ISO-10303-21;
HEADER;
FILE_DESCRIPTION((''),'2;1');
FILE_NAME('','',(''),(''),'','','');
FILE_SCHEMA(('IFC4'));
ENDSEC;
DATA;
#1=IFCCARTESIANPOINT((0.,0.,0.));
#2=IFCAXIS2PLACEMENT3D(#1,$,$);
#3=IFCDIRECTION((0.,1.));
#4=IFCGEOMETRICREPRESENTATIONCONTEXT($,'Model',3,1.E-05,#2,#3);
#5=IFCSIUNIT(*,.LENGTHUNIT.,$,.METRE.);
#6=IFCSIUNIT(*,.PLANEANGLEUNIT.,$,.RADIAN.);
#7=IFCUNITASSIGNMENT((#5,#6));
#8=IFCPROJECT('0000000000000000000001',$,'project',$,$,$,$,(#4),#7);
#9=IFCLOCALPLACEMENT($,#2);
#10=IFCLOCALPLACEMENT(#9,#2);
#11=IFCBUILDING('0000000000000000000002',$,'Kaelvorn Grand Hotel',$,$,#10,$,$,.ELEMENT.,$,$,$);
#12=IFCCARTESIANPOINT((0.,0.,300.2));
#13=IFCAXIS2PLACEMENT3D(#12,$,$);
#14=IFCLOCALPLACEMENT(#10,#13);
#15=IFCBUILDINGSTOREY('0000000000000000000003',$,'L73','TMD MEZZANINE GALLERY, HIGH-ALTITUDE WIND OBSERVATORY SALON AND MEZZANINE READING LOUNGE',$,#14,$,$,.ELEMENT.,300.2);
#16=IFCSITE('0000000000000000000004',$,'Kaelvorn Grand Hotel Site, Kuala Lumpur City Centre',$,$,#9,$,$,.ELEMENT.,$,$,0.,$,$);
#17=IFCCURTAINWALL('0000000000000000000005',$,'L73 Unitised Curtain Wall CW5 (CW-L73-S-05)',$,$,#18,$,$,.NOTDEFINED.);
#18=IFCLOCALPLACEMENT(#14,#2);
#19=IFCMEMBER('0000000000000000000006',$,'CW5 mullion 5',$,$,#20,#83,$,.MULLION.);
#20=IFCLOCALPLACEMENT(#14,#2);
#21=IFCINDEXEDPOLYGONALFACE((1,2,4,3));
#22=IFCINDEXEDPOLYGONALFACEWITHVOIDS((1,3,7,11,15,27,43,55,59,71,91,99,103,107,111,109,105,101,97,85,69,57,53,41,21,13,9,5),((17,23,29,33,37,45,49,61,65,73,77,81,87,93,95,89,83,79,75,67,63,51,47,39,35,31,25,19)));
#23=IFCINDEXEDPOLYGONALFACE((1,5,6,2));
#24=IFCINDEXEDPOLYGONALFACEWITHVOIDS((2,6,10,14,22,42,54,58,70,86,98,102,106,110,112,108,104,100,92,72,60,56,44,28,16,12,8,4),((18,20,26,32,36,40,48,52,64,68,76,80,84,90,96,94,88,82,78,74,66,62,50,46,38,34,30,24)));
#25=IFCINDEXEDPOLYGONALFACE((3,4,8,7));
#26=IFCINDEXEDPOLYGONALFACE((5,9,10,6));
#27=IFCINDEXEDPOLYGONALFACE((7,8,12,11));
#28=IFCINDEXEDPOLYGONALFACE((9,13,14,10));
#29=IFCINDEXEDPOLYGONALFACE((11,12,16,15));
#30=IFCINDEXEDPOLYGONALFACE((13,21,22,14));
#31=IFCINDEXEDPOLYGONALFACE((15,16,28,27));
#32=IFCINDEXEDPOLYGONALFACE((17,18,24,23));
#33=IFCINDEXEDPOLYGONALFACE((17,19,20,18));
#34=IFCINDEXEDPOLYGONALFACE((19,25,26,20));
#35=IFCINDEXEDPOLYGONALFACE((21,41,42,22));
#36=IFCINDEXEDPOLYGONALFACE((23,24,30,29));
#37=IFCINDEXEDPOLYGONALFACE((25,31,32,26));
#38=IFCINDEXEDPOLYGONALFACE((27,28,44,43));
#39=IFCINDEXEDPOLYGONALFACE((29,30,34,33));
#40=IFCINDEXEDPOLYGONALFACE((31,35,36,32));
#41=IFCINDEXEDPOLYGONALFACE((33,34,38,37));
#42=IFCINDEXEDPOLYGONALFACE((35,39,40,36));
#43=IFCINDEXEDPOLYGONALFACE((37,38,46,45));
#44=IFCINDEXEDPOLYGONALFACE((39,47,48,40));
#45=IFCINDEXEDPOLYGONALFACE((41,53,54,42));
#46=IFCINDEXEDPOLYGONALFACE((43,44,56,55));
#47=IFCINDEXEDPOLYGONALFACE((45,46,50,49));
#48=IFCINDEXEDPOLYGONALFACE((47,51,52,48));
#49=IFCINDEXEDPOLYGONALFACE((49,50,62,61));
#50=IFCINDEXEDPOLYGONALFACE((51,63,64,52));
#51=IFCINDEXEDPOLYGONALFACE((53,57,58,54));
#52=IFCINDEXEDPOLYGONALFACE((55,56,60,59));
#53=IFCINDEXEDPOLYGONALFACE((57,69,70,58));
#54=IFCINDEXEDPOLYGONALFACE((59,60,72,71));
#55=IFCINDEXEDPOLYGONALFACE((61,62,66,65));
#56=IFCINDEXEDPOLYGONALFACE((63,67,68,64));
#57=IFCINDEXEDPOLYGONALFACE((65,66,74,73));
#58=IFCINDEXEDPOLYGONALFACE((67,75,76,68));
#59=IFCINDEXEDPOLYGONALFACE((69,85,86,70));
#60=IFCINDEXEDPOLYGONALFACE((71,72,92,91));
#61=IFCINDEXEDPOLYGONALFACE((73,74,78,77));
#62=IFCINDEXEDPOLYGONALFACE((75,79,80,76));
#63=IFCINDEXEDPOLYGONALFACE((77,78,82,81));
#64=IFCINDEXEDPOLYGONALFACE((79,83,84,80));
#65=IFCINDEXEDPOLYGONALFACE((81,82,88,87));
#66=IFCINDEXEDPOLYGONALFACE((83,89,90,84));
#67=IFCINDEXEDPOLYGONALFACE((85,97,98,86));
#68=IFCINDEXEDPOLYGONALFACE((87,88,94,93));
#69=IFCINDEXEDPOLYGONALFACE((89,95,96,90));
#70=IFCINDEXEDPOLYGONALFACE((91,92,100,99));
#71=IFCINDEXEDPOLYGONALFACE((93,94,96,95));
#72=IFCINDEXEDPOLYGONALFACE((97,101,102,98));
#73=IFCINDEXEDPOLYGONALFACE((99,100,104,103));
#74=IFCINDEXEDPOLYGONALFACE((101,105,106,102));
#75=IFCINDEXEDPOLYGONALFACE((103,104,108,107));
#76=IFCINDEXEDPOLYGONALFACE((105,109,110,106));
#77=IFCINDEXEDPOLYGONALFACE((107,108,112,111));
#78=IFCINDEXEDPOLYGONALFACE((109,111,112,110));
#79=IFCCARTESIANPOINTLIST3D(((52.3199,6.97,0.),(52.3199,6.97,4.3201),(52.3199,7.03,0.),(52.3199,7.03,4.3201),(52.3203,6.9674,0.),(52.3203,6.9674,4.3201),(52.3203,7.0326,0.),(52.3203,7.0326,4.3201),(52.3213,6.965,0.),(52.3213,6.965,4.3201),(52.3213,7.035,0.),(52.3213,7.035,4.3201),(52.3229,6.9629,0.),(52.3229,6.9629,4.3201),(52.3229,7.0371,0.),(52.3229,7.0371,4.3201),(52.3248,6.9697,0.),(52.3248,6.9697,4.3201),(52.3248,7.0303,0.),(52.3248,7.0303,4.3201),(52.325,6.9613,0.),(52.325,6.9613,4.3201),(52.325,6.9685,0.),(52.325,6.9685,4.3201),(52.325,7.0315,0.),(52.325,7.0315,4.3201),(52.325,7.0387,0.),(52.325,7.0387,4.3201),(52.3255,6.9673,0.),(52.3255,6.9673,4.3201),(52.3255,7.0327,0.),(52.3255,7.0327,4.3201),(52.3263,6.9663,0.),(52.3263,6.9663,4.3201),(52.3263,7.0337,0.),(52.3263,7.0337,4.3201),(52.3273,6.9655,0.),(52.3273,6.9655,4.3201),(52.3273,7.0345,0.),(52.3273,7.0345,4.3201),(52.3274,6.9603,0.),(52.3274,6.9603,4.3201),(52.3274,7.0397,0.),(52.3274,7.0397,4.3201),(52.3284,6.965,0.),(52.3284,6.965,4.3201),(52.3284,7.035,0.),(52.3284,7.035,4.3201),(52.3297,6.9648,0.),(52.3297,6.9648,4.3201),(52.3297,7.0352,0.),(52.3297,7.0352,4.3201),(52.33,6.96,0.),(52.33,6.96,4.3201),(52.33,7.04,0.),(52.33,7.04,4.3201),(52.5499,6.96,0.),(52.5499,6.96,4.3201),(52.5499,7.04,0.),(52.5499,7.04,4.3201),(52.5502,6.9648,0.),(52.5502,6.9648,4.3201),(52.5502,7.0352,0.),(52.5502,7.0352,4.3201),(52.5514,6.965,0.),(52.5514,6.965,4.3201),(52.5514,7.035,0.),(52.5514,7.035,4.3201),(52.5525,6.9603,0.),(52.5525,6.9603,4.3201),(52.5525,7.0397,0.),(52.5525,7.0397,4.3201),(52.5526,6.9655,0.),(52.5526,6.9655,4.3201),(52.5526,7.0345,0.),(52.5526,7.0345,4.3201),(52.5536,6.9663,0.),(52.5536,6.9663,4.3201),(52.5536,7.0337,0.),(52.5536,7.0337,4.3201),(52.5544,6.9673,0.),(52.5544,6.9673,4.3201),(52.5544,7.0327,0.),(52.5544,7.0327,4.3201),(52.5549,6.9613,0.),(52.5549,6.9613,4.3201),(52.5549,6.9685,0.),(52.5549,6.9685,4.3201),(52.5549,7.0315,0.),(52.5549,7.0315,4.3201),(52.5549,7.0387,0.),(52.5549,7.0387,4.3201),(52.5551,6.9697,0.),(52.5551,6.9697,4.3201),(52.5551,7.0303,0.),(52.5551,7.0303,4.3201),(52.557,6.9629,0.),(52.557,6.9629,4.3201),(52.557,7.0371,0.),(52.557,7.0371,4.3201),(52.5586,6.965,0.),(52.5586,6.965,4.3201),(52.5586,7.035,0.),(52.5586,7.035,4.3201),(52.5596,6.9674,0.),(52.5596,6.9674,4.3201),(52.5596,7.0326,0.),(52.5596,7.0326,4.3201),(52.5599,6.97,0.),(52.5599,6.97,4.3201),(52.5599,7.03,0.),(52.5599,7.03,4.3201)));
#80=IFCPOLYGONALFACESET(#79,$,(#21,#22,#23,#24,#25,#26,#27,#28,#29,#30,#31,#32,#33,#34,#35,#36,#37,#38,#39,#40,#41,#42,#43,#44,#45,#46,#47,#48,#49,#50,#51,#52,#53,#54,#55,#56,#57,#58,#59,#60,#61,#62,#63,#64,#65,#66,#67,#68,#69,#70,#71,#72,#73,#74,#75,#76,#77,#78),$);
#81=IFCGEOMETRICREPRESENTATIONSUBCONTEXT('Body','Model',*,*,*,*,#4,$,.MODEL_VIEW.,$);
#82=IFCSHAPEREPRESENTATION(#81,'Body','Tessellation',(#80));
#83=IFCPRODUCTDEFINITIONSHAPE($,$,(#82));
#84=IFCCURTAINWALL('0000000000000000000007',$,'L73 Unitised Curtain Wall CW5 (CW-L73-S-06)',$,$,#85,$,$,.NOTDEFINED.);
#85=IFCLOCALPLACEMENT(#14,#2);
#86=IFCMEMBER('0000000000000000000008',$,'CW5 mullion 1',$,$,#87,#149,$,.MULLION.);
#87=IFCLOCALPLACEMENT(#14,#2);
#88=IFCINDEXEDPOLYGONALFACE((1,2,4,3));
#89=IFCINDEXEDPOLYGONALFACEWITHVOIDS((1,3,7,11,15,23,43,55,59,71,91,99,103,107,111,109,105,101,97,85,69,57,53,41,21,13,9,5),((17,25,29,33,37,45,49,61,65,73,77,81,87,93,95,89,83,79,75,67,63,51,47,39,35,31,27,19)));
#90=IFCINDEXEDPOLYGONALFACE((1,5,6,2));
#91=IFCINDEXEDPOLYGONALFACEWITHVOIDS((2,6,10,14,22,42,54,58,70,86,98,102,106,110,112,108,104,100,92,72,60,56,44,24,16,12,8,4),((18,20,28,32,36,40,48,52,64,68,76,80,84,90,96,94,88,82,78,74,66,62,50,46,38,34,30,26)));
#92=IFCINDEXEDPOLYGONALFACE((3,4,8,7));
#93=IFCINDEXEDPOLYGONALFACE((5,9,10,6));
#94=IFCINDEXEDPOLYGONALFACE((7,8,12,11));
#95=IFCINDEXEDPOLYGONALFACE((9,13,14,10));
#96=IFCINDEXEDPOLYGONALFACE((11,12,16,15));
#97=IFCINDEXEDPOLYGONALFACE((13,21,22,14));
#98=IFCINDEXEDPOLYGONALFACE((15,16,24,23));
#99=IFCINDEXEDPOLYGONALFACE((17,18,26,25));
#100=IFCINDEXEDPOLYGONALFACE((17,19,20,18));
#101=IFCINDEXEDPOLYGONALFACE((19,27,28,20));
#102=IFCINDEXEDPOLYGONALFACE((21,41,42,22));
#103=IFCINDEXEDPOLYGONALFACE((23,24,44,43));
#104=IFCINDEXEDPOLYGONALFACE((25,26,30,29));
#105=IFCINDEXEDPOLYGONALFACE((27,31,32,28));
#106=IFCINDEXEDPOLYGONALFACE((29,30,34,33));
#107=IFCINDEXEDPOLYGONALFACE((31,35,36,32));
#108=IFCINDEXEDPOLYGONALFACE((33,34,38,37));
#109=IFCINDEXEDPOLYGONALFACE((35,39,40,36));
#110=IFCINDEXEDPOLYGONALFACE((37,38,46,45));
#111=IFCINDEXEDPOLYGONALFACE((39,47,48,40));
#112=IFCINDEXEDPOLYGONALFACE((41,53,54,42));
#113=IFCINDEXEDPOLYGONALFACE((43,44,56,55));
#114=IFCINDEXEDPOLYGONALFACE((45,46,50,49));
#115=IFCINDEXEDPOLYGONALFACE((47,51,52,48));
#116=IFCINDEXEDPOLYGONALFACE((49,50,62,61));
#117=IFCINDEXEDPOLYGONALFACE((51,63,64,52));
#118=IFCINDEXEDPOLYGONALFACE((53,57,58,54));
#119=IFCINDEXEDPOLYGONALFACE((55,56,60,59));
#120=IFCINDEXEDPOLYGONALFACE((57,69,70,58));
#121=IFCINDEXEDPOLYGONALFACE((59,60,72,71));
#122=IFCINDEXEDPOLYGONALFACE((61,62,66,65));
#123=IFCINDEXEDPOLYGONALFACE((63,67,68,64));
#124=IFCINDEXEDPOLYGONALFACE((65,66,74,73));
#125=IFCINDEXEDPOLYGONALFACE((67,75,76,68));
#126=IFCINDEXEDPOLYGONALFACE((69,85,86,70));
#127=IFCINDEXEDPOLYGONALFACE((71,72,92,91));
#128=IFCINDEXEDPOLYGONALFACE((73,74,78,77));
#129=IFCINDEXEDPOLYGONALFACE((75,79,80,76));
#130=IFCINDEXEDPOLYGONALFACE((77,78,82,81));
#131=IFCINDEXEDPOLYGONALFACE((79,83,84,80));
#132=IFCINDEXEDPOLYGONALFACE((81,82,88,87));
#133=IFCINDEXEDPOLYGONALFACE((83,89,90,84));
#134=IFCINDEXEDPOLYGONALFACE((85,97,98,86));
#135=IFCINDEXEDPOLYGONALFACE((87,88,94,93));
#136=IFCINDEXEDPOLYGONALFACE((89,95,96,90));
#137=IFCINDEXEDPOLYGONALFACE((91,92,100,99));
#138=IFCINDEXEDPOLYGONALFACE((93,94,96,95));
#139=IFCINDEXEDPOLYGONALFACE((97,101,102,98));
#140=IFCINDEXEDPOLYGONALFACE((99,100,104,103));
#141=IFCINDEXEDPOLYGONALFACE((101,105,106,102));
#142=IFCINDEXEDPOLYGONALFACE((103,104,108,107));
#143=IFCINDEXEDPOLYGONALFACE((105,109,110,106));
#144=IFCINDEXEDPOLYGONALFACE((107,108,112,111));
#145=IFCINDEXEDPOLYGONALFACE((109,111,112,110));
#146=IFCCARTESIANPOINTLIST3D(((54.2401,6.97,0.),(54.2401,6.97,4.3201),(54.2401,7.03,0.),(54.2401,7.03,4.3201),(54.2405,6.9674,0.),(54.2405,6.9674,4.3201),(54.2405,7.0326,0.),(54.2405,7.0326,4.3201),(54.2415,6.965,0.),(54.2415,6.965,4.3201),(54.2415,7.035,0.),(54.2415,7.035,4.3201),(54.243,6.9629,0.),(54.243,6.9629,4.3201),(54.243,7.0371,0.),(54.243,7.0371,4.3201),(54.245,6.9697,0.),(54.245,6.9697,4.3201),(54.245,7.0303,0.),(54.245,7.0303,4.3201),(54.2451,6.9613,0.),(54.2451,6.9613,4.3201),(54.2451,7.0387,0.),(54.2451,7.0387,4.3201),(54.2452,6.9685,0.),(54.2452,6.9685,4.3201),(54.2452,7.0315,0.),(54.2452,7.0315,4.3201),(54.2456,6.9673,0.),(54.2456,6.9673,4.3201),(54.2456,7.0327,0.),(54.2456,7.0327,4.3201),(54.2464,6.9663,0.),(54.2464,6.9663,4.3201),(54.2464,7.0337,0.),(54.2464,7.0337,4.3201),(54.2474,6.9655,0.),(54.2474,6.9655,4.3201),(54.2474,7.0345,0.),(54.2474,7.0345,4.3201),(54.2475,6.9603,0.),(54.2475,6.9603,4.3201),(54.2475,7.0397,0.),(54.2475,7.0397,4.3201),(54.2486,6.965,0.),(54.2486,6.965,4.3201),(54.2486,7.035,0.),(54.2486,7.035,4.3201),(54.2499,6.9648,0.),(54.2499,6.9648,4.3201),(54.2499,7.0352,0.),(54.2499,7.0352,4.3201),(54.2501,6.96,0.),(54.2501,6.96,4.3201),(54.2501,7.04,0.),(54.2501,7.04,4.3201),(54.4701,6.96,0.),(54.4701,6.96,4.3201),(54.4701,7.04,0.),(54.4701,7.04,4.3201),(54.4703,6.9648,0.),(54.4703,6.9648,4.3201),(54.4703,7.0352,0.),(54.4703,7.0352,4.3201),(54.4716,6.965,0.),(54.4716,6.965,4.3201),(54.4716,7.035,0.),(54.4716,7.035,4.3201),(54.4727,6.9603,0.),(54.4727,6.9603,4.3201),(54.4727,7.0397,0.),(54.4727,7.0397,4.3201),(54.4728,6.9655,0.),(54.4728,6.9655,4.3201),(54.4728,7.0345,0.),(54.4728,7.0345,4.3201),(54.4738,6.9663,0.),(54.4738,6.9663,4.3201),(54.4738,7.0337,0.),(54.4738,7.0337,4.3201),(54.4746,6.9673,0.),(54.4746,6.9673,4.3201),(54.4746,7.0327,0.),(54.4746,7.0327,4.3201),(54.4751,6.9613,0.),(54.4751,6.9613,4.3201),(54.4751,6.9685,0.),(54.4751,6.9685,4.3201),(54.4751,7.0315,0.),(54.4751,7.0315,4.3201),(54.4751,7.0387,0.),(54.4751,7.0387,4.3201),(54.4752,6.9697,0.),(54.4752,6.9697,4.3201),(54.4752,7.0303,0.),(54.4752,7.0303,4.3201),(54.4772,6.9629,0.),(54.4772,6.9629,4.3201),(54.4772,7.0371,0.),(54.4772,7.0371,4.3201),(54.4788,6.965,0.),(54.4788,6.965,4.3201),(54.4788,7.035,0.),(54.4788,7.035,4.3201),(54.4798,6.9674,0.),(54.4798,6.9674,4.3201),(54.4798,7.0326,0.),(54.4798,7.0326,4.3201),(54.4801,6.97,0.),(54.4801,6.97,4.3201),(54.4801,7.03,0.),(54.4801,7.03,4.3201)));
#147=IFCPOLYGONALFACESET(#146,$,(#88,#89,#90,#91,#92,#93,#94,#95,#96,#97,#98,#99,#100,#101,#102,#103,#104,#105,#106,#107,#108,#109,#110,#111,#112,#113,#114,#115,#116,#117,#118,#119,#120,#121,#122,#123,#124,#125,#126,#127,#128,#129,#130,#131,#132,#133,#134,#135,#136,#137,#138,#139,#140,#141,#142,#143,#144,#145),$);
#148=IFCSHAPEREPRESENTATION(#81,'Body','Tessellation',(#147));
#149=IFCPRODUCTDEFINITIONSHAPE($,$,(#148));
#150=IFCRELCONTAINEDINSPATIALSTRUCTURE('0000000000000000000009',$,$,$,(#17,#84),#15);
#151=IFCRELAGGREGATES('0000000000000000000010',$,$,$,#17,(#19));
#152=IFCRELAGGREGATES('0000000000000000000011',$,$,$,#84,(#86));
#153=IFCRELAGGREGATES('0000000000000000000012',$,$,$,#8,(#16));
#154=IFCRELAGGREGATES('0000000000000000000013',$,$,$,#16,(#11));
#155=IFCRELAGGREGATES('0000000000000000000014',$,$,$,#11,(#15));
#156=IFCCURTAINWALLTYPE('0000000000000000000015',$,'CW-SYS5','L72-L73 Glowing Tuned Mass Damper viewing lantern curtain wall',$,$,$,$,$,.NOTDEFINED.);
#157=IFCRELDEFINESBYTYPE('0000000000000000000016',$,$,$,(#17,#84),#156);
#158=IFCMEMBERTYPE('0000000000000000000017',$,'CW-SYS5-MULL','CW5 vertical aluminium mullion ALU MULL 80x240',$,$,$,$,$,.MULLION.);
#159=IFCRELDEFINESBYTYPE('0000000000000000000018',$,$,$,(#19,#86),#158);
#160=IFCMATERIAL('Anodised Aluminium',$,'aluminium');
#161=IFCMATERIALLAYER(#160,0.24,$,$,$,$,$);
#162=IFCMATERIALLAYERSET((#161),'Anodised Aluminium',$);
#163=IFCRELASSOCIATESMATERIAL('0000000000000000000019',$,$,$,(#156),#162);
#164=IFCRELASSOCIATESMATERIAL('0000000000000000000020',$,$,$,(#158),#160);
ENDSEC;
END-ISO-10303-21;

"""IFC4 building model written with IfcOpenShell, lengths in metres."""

from ifc_helpers import new_model, si_unit, direction, frame, origin, origin_2d, place, context, subcontext, project, spatial, hollow_rectangle, extrude, material, layer, layer_set, material_profile, profile_set, type_object, element, aggregate, save


model = new_model("IFC4")

# Units and contexts
model_context = context("Model", 3, precision=1e-05, world=origin(), true_north=direction((0.0, 1.0)))
body_context = subcontext(model_context, "Body", "Model", "MODEL_VIEW")
ifc_project = project(units=[si_unit("LENGTHUNIT", "METRE"), si_unit("PLANEANGLEUNIT", "RADIAN")], contexts=[model_context])

# Site, building, storey
site_placement = place(None, origin())
site = spatial("IfcSite", under=ifc_project, at=site_placement, Name="Kaelvorn Grand Hotel Site, Kuala Lumpur City Centre", CompositionType="ELEMENT", RefElevation=0.0)
building_placement = place(site_placement, origin())
building = spatial("IfcBuilding", under=site, at=building_placement, Name="Kaelvorn Grand Hotel", CompositionType="ELEMENT")
storey_placement = place(building_placement, frame((0.0, 0.0, 300.2)))
storey = spatial("IfcBuildingStorey", under=building, at=storey_placement, Name="L73", Description="TMD MEZZANINE GALLERY, HIGH-ALTITUDE WIND OBSERVATORY SALON AND MEZZANINE READING LOUNGE", CompositionType="ELEMENT", Elevation=300.2)

# Curtain wall, member
ifc_material_1 = material(Name="Anodised Aluminium", Category="aluminium")
ifc_layer_1 = layer(ifc_material_1, 0.24)
ifc_layer_set_1 = layer_set([ifc_layer_1], Name="Anodised Aluminium")
curtain_wall_type = type_object("IfcCurtainWallType", Name="CW-SYS5", Description="L72-L73 Glowing Tuned Mass Damper viewing lantern curtain wall", PredefinedType="NOTDEFINED", material=ifc_layer_set_1)
curtain_wall_1_placement = place(storey_placement, origin())
curtain_wall_1 = element("IfcCurtainWall", 1, at=curtain_wall_1_placement, inside=storey, type_object=curtain_wall_type, Name="L73 Unitised Curtain Wall CW5 (CW-L73-S-05)", PredefinedType="NOTDEFINED")
ifc_material_profile_1 = material_profile(ifc_material_1, hollow_rectangle(XDim=0.0801, YDim=0.24, WallThickness=0.0049, InnerFilletRadius=0.0049, OuterFilletRadius=0.01, at=origin_2d()), Name="ALU MULL 80x240")
ifc_profile_set_1 = profile_set([ifc_material_profile_1], Name="Anodised Aluminium")
member_type_1 = type_object("IfcMemberType", Name="CW-SYS5-MULL", Description="CW5 vertical aluminium mullion ALU MULL 80x240", PredefinedType="MULLION", material=ifc_profile_set_1)
member_1_placement = place(storey_placement, frame((52.4399, 7.0, 0.0), z_axis=(0.0, 0.0, 1.0), x_axis=(0.0, 1.0, 0.0)))
member_1 = element("IfcMember", 2, at=member_1_placement, type_object=member_type_1, Name="CW5 mullion 5", PredefinedType="MULLION", context=body_context, shape_type="SweptSolid", body=[
    extrude(hollow_rectangle(XDim=0.0801, YDim=0.24, WallThickness=0.0049, InnerFilletRadius=0.0049, OuterFilletRadius=0.01, at=origin_2d()), origin(), (0.0, 0.0, 1.0), 4.3201),
])

# Curtain wall, member
curtain_wall_2_placement = place(storey_placement, origin())
curtain_wall_2 = element("IfcCurtainWall", 3, at=curtain_wall_2_placement, inside=storey, type_object=curtain_wall_type, Name="L73 Unitised Curtain Wall CW5 (CW-L73-S-06)", PredefinedType="NOTDEFINED")
member_2_placement = place(storey_placement, frame((54.3601, 7.0, 0.0), z_axis=(0.0, 0.0, 1.0), x_axis=(0.0, 1.0, 0.0)))
member_2 = element("IfcMember", 4, at=member_2_placement, type_object=member_type_1, Name="CW5 mullion 1", PredefinedType="MULLION", context=body_context, shape_type="SweptSolid", body=[
    extrude(hollow_rectangle(XDim=0.0801, YDim=0.24, WallThickness=0.0049, InnerFilletRadius=0.0049, OuterFilletRadius=0.01, at=origin_2d()), origin(), (0.0, 0.0, 1.0), 4.3201),
])

aggregate(curtain_wall_1, [member_1])
aggregate(curtain_wall_2, [member_2])

save(model, "model.ifc")
